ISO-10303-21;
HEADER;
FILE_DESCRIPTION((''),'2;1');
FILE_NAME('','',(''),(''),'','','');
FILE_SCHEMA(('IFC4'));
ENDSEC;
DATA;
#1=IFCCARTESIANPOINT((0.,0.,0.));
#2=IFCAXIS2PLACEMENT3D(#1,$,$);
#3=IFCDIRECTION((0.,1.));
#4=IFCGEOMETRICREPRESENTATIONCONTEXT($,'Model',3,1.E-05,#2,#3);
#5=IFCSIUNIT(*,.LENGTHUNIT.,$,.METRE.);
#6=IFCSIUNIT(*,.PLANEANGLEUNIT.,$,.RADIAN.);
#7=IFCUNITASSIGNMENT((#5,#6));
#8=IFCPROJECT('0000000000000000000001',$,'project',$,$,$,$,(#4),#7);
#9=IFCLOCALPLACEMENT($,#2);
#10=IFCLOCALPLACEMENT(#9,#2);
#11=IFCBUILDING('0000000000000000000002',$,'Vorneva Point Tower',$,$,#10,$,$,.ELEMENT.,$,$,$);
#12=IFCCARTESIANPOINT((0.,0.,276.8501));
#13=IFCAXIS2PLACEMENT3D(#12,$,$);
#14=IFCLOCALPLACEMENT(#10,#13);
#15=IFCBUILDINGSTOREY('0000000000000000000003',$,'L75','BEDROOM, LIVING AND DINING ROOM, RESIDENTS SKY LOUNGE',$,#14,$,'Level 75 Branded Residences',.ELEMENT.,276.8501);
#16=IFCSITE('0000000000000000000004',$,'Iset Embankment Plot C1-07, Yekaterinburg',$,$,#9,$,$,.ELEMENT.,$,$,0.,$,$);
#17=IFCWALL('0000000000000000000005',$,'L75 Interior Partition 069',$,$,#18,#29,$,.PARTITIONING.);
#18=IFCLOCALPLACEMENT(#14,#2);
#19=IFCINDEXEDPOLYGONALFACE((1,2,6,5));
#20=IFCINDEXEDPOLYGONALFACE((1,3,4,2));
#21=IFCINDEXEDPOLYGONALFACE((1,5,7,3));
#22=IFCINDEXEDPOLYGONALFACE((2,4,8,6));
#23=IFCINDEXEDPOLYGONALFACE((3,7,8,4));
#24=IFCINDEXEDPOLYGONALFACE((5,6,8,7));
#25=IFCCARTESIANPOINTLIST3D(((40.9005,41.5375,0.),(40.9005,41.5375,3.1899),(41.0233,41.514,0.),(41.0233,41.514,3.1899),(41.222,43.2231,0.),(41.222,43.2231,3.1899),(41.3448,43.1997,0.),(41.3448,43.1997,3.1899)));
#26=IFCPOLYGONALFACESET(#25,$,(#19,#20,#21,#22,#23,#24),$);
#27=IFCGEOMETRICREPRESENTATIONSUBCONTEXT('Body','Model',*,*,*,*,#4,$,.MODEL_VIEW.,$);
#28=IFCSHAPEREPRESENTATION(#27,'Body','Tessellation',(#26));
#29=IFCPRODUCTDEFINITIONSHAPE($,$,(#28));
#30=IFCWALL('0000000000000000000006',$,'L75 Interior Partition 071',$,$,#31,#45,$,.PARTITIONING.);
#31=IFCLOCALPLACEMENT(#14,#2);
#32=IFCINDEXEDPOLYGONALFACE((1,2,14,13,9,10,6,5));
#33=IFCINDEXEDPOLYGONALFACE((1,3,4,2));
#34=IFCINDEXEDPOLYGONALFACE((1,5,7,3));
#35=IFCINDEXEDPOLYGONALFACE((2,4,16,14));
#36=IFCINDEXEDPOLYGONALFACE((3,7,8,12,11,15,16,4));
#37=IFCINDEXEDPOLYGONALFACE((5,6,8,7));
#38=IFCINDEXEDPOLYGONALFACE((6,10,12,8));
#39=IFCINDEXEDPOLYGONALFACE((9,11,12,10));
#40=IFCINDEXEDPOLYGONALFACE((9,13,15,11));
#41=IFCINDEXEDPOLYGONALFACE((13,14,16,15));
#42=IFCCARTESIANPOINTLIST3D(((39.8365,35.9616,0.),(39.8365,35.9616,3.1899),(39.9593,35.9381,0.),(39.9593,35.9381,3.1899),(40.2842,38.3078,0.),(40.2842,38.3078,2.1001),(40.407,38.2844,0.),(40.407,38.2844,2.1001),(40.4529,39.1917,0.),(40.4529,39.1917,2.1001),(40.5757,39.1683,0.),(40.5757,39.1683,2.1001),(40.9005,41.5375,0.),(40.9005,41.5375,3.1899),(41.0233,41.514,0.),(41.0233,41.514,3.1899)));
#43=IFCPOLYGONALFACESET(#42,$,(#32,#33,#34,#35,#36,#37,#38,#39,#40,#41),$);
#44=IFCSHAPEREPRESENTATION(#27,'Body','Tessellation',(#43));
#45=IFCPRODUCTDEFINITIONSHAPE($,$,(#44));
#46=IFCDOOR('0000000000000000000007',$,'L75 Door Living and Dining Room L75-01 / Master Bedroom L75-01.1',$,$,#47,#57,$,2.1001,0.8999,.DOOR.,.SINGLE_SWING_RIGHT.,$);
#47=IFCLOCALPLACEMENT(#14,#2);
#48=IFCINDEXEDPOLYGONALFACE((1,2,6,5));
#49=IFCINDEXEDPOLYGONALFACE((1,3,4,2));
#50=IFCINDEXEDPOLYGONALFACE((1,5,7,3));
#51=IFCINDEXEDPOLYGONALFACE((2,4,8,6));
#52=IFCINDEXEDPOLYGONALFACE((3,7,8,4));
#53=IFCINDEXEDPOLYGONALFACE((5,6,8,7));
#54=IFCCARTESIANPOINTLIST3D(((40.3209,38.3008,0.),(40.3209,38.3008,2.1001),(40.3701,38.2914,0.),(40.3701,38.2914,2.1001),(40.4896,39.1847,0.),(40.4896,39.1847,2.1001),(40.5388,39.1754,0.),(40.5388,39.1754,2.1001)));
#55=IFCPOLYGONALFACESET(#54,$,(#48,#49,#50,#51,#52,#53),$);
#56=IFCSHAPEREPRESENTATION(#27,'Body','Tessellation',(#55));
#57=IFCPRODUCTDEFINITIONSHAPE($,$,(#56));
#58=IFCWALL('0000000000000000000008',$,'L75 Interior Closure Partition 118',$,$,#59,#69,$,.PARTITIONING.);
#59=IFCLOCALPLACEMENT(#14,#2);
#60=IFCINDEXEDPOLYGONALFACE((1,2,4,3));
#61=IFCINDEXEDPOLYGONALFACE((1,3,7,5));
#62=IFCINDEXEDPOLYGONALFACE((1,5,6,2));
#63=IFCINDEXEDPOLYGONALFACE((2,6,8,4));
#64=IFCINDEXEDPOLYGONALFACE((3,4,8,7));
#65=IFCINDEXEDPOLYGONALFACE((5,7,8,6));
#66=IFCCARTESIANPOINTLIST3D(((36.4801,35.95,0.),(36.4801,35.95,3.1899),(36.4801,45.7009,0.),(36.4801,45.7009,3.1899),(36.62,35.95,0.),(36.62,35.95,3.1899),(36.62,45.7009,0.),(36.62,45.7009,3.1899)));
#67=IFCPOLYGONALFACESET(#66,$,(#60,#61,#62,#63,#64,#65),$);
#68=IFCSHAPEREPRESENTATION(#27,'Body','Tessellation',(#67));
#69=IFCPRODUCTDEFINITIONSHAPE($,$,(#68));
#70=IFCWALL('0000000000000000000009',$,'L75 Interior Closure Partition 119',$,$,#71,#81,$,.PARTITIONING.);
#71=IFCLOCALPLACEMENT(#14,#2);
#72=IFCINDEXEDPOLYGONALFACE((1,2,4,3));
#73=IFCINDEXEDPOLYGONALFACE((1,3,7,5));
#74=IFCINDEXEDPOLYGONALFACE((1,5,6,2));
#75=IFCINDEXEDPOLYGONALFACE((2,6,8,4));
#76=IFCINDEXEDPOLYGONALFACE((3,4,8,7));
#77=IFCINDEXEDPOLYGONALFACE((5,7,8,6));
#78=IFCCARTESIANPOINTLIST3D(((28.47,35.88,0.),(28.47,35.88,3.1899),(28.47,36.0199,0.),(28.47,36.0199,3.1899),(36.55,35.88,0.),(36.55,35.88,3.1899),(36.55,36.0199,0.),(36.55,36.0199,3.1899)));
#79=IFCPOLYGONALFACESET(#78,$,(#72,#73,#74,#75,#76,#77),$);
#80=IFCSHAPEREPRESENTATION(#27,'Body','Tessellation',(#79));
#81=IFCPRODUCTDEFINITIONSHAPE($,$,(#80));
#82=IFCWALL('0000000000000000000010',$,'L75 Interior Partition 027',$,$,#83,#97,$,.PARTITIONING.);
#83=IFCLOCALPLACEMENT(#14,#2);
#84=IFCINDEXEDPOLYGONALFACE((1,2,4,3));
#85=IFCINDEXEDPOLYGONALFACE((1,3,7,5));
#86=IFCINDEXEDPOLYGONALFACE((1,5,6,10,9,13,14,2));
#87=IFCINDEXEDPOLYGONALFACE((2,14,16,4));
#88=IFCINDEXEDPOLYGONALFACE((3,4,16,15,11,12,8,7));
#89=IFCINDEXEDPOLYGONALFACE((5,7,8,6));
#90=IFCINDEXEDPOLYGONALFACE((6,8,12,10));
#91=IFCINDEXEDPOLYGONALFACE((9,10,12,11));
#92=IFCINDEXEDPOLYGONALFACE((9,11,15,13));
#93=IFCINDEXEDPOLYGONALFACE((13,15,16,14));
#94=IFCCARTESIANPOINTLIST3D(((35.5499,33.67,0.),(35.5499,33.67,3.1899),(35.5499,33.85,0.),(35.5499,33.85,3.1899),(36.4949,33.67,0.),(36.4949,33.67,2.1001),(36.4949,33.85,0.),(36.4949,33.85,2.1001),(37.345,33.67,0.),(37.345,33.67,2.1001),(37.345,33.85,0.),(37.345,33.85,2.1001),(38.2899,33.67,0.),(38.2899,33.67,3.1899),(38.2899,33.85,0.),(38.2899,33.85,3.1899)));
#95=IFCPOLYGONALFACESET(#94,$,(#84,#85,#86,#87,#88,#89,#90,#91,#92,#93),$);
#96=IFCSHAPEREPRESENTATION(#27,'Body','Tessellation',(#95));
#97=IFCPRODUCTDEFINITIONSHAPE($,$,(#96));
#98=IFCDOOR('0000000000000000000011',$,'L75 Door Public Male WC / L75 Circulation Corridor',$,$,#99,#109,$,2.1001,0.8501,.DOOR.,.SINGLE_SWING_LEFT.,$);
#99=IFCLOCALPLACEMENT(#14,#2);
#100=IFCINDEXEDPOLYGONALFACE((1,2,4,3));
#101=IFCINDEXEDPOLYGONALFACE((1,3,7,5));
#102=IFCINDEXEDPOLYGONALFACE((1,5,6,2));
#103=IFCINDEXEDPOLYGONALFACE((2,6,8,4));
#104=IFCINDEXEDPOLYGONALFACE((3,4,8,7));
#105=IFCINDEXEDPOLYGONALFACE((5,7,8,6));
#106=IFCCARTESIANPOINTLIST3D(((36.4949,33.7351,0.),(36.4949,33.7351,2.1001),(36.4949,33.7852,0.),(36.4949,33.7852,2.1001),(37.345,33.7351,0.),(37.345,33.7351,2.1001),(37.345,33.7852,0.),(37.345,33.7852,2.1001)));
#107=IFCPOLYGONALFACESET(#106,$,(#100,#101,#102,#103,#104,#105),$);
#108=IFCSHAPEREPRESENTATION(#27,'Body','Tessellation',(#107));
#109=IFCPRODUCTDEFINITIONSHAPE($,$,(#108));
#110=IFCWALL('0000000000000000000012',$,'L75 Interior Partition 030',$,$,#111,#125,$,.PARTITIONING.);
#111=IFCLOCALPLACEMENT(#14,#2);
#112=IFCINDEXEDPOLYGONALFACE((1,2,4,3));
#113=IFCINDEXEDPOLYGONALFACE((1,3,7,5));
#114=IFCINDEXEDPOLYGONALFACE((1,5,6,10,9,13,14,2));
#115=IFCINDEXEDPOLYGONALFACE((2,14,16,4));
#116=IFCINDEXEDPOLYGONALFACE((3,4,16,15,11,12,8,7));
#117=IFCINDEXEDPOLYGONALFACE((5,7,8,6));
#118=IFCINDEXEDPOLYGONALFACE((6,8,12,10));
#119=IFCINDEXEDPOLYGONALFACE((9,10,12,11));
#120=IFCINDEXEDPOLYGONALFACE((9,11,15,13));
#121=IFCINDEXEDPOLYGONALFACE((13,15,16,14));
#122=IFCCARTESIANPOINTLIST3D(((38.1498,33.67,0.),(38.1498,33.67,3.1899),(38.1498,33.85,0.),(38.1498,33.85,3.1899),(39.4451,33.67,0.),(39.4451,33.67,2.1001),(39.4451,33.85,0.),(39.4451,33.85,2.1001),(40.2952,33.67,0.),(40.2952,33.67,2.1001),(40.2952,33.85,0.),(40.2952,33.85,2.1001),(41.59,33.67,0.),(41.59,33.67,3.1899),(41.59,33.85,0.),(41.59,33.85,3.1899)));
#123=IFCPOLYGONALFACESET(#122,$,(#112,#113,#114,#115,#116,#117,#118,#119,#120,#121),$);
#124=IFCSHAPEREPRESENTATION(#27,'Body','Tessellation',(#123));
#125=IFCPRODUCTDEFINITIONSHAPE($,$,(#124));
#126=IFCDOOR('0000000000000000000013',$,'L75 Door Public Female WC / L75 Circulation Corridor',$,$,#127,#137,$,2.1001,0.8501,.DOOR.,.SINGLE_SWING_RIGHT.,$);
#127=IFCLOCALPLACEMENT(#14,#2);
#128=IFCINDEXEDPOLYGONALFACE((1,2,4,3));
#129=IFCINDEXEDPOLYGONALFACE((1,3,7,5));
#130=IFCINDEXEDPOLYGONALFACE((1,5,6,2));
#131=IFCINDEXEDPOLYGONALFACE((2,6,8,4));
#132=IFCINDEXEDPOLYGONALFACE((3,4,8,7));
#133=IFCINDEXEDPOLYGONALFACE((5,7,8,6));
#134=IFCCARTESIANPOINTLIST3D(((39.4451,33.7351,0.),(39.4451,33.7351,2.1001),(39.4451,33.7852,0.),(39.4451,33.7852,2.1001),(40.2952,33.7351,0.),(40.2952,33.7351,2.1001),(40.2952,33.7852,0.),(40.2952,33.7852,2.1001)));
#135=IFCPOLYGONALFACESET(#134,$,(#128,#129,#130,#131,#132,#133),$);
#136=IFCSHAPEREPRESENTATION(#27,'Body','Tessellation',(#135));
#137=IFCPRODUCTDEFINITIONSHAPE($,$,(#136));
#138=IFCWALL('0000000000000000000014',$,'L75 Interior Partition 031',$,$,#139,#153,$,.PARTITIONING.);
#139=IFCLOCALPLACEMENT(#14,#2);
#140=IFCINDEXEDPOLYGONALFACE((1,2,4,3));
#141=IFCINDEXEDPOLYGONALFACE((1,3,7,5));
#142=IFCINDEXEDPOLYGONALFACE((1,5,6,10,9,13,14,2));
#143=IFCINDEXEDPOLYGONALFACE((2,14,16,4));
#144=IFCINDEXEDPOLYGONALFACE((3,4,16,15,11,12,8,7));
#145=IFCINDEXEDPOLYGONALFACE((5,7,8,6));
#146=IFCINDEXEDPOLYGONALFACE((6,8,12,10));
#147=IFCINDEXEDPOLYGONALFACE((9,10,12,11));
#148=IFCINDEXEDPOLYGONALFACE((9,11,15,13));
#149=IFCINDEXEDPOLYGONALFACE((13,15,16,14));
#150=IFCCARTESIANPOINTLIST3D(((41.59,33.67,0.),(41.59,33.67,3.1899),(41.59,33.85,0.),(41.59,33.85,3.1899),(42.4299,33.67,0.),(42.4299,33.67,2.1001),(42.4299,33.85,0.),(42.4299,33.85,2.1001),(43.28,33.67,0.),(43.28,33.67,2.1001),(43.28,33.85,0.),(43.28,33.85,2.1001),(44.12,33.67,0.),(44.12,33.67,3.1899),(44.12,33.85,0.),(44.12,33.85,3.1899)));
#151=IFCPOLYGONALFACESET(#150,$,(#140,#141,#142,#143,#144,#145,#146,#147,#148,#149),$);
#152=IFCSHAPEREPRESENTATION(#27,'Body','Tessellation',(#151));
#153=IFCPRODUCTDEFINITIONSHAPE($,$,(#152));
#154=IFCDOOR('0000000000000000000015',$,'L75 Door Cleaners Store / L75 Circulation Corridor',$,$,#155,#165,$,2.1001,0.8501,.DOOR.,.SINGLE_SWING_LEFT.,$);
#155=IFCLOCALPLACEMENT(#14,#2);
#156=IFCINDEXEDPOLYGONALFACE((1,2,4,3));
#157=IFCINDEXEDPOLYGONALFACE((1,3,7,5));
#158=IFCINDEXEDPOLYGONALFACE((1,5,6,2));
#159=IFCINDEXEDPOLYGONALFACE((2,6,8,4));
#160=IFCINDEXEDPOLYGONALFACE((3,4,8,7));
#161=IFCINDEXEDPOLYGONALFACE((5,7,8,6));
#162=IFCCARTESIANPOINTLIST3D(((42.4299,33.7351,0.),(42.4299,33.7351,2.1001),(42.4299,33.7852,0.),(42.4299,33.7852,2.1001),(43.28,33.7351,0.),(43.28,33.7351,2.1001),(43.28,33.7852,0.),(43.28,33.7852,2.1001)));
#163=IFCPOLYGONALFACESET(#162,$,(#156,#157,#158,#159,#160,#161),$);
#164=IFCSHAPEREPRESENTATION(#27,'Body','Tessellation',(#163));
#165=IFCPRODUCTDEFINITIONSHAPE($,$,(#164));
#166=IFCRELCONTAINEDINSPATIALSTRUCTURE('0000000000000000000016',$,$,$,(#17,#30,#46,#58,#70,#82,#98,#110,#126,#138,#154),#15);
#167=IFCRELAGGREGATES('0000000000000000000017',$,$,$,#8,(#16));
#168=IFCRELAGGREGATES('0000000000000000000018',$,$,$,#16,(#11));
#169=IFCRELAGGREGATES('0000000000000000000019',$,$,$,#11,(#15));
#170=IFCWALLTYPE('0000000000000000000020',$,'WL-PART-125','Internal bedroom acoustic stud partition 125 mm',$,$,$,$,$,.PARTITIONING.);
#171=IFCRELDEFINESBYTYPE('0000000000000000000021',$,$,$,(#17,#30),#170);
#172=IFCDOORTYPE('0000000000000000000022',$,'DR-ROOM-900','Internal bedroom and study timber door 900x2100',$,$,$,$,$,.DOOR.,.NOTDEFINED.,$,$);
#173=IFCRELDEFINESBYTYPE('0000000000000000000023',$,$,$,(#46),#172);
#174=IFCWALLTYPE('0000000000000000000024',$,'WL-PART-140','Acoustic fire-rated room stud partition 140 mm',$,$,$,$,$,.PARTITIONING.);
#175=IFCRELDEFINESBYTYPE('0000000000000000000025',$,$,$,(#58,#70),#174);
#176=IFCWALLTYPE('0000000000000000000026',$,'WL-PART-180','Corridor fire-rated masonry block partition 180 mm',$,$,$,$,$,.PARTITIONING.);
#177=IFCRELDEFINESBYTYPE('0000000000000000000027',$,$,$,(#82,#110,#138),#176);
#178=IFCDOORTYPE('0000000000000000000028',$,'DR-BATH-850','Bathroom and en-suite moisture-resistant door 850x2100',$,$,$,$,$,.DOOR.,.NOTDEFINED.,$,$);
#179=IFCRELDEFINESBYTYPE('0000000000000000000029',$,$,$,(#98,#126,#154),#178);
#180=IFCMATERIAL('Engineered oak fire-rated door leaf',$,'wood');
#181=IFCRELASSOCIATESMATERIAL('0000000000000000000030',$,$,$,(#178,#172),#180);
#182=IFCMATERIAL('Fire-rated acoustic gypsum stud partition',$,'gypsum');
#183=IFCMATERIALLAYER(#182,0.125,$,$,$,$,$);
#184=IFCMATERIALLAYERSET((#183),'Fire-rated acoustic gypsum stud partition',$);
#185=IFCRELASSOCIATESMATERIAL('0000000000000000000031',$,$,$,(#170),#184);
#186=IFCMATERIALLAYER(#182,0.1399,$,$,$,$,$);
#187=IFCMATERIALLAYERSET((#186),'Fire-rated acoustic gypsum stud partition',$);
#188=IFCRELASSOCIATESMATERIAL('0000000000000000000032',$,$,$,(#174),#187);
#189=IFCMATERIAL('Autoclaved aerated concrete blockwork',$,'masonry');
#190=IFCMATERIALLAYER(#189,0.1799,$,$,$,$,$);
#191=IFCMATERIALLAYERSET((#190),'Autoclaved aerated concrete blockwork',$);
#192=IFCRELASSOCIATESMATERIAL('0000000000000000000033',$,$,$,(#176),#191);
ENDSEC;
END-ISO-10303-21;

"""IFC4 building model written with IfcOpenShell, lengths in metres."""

from ifc_helpers import new_model, si_unit, direction, frame, frame_2d, origin, place, context, subcontext, project, spatial, rectangle, extrude, material, layer, layer_set, type_object, element, fill, save


model = new_model("IFC4")

# Units and contexts
model_context = context("Model", 3, precision=1e-05, world=origin(), true_north=direction((0.0, 1.0)))
body_context = subcontext(model_context, "Body", "Model", "MODEL_VIEW")
ifc_project = project(units=[si_unit("LENGTHUNIT", "METRE"), si_unit("PLANEANGLEUNIT", "RADIAN")], contexts=[model_context])

# Site, building, storey
site_placement = place(None, origin())
site = spatial("IfcSite", under=ifc_project, at=site_placement, Name="Iset Embankment Plot C1-07, Yekaterinburg", CompositionType="ELEMENT", RefElevation=0.0)
building_placement = place(site_placement, origin())
building = spatial("IfcBuilding", under=site, at=building_placement, Name="Vorneva Point Tower", CompositionType="ELEMENT")
storey_placement = place(building_placement, frame((0.0, 0.0, 276.8501)))
storey = spatial("IfcBuildingStorey", under=building, at=storey_placement, Name="L75", Description="BEDROOM, LIVING AND DINING ROOM, RESIDENTS SKY LOUNGE", LongName="Level 75 Branded Residences", CompositionType="ELEMENT", Elevation=276.8501)

# Shared definitions
ifc_material_1 = material(Name="Fire-rated acoustic gypsum stud partition", Category="gypsum")

# Shared definitions
ifc_material_2 = material(Name="Engineered oak fire-rated door leaf", Category="wood")
door_type_1 = type_object("IfcDoorType", Name="DR-BATH-850", Description="Bathroom and en-suite moisture-resistant door 850x2100", OperationType="NOTDEFINED", PredefinedType="DOOR", material=ifc_material_2)

# Wall
ifc_layer_1 = layer(ifc_material_1, 0.125)
ifc_layer_set_1 = layer_set([ifc_layer_1], Name="Fire-rated acoustic gypsum stud partition")
wall_type_1 = type_object("IfcWallType", Name="WL-PART-125", Description="Internal bedroom acoustic stud partition 125 mm", PredefinedType="PARTITIONING", material=ifc_layer_set_1)
wall_1_placement = place(storey_placement, frame((40.9619, 41.5259, 0.0), z_axis=(0.0, 0.0, 1.0), x_axis=(0.187354, 0.982292, 0.0)))
element("IfcWall", 1, at=wall_1_placement, inside=storey, type_object=wall_type_1, Name="L75 Interior Partition 069", PredefinedType="PARTITIONING", context=body_context, shape_type="SweptSolid", body=[
    extrude(rectangle(XDim=1.7161, YDim=0.125, at=frame_2d((0.8579, 0.0))), origin(), (0.0, 0.0, 1.0), 3.1899),
])

# Wall, opening, door
wall_2_placement = place(storey_placement, frame((40.9619, 41.5259, 0.0), z_axis=(0.0, 0.0, 1.0), x_axis=(-0.187432, -0.982278, 0.0)))
wall_2 = element("IfcWall", 2, at=wall_2_placement, inside=storey, type_object=wall_type_1, Name="L75 Interior Partition 071", PredefinedType="PARTITIONING", context=body_context, shape_type="SweptSolid", body=[
    extrude(rectangle(XDim=5.6765, YDim=0.125, at=frame_2d((2.8384, 0.0))), origin(), (0.0, 0.0, 1.0), 3.1899),
])
opening_1_placement = place(wall_2_placement, frame((2.3882, 0.0, 0.0)))
opening_1 = element("IfcOpeningElement", 3, at=opening_1_placement, cuts=wall_2, PredefinedType="OPENING", context=body_context, shape_type="SweptSolid", body=[
    extrude(rectangle(XDim=0.8999, YDim=2.1001, at=frame_2d((0.45, 1.05))), frame((0.0, 0.0774, 0.0), z_axis=(0.0, -1.0, 0.0), x_axis=(1.0, 0.0, 0.0)), (0.0, 0.0, 1.0), 0.1548),
])
door_type_2 = type_object("IfcDoorType", Name="DR-ROOM-900", Description="Internal bedroom and study timber door 900x2100", OperationType="NOTDEFINED", PredefinedType="DOOR", material=ifc_material_2)
door_1_placement = place(opening_1_placement, origin())
door_1 = element("IfcDoor", 4, at=door_1_placement, inside=storey, type_object=door_type_2, Name="L75 Door Living and Dining Room L75-01 / Master Bedroom L75-01.1", OperationType="SINGLE_SWING_RIGHT", OverallHeight=2.1001, OverallWidth=0.8999, PredefinedType="DOOR", context=body_context, shape_type="SweptSolid", body=[
    extrude(rectangle(XDim=0.8999, YDim=2.1001, at=frame_2d((0.45, 1.05))), frame((0.0, 0.0249, 0.0), z_axis=(0.0, -1.0, 0.0), x_axis=(1.0, 0.0, 0.0)), (0.0, 0.0, 1.0), 0.05),
])
fill(opening_1, door_1)

# Walls
ifc_layer_2 = layer(ifc_material_1, 0.1399)
ifc_layer_set_2 = layer_set([ifc_layer_2], Name="Fire-rated acoustic gypsum stud partition")
wall_type_2 = type_object("IfcWallType", Name="WL-PART-140", Description="Acoustic fire-rated room stud partition 140 mm", PredefinedType="PARTITIONING", material=ifc_layer_set_2)
wall_3_placement = place(storey_placement, frame((36.55, 45.7009, 0.0), z_axis=(0.0, 0.0, 1.0), x_axis=(0.0, -1.0, 0.0)))
element("IfcWall", 5, at=wall_3_placement, inside=storey, type_object=wall_type_2, Name="L75 Interior Closure Partition 118", PredefinedType="PARTITIONING", context=body_context, shape_type="SweptSolid", body=[
    extrude(rectangle(XDim=9.751, YDim=0.1399, at=frame_2d((4.8755, 0.0))), origin(), (0.0, 0.0, 1.0), 3.1899),
])
wall_4_placement = place(storey_placement, frame((36.55, 35.95, 0.0), z_axis=(0.0, 0.0, 1.0), x_axis=(-1.0, 0.0, 0.0)))
element("IfcWall", 6, at=wall_4_placement, inside=storey, type_object=wall_type_2, Name="L75 Interior Closure Partition 119", PredefinedType="PARTITIONING", context=body_context, shape_type="SweptSolid", body=[
    extrude(rectangle(XDim=8.0801, YDim=0.1399, at=frame_2d((4.04, 0.0))), origin(), (0.0, 0.0, 1.0), 3.1899),
])

# Walls, openings, doors
ifc_material_3 = material(Name="Autoclaved aerated concrete blockwork", Category="masonry")
ifc_layer_3 = layer(ifc_material_3, 0.1799)
ifc_layer_set_3 = layer_set([ifc_layer_3], Name="Autoclaved aerated concrete blockwork")
wall_type_3 = type_object("IfcWallType", Name="WL-PART-180", Description="Corridor fire-rated masonry block partition 180 mm", PredefinedType="PARTITIONING", material=ifc_layer_set_3)
wall_5_placement = place(storey_placement, frame((38.29, 33.76, 0.0), z_axis=(0.0, 0.0, 1.0), x_axis=(-1.0, 0.0, 0.0)))
wall_5 = element("IfcWall", 7, at=wall_5_placement, inside=storey, type_object=wall_type_3, Name="L75 Interior Partition 027", PredefinedType="PARTITIONING", context=body_context, shape_type="SweptSolid", body=[
    extrude(rectangle(XDim=2.74, YDim=0.1799, at=frame_2d((1.3701, 0.0))), origin(), (0.0, 0.0, 1.0), 3.1899),
])
opening_2_placement = place(wall_5_placement, frame((0.9451, 0.0, 0.0)))
opening_2 = element("IfcOpeningElement", 8, at=opening_2_placement, cuts=wall_5, PredefinedType="OPENING", context=body_context, shape_type="SweptSolid", body=[
    extrude(rectangle(XDim=0.8501, YDim=2.1001, at=frame_2d((0.425, 1.05))), frame((0.0, 0.105, 0.0), z_axis=(0.0, -1.0, 0.0), x_axis=(1.0, 0.0, 0.0)), (0.0, 0.0, 1.0), 0.2097),
])
door_2_placement = place(opening_2_placement, origin())
door_2 = element("IfcDoor", 9, at=door_2_placement, inside=storey, type_object=door_type_1, Name="L75 Door Public Male WC / L75 Circulation Corridor", OperationType="SINGLE_SWING_LEFT", OverallHeight=2.1001, OverallWidth=0.8501, PredefinedType="DOOR", context=body_context, shape_type="SweptSolid", body=[
    extrude(rectangle(XDim=0.8501, YDim=2.1001, at=frame_2d((0.425, 1.05))), frame((0.0, 0.0249, 0.0), z_axis=(0.0, -1.0, 0.0), x_axis=(1.0, 0.0, 0.0)), (0.0, 0.0, 1.0), 0.05),
])
fill(opening_2, door_2)
wall_6_placement = place(storey_placement, frame((41.5901, 33.76, 0.0), z_axis=(0.0, 0.0, 1.0), x_axis=(-1.0, 0.0, 0.0)))
wall_6 = element("IfcWall", 10, at=wall_6_placement, inside=storey, type_object=wall_type_3, Name="L75 Interior Partition 030", PredefinedType="PARTITIONING", context=body_context, shape_type="SweptSolid", body=[
    extrude(rectangle(XDim=3.4402, YDim=0.1799, at=frame_2d((1.7202, 0.0))), origin(), (0.0, 0.0, 1.0), 3.1899),
])
opening_3_placement = place(wall_6_placement, frame((1.2949, 0.0, 0.0)))
opening_3 = element("IfcOpeningElement", 11, at=opening_3_placement, cuts=wall_6, PredefinedType="OPENING", context=body_context, shape_type="SweptSolid", body=[
    extrude(rectangle(XDim=0.8501, YDim=2.1001, at=frame_2d((0.425, 1.05))), frame((0.0, 0.105, 0.0), z_axis=(0.0, -1.0, 0.0), x_axis=(1.0, 0.0, 0.0)), (0.0, 0.0, 1.0), 0.2097),
])
door_3_placement = place(opening_3_placement, origin())
door_3 = element("IfcDoor", 12, at=door_3_placement, inside=storey, type_object=door_type_1, Name="L75 Door Public Female WC / L75 Circulation Corridor", OperationType="SINGLE_SWING_RIGHT", OverallHeight=2.1001, OverallWidth=0.8501, PredefinedType="DOOR", context=body_context, shape_type="SweptSolid", body=[
    extrude(rectangle(XDim=0.8501, YDim=2.1001, at=frame_2d((0.425, 1.05))), frame((0.0, 0.0249, 0.0), z_axis=(0.0, -1.0, 0.0), x_axis=(1.0, 0.0, 0.0)), (0.0, 0.0, 1.0), 0.05),
])
fill(opening_3, door_3)
wall_7_placement = place(storey_placement, frame((44.1201, 33.76, 0.0), z_axis=(0.0, 0.0, 1.0), x_axis=(-1.0, 0.0, 0.0)))
wall_7 = element("IfcWall", 13, at=wall_7_placement, inside=storey, type_object=wall_type_3, Name="L75 Interior Partition 031", PredefinedType="PARTITIONING", context=body_context, shape_type="SweptSolid", body=[
    extrude(rectangle(XDim=2.53, YDim=0.1799, at=frame_2d((1.2651, 0.0))), origin(), (0.0, 0.0, 1.0), 3.1899),
])
opening_4_placement = place(wall_7_placement, frame((0.8401, 0.0, 0.0)))
opening_4 = element("IfcOpeningElement", 14, at=opening_4_placement, cuts=wall_7, PredefinedType="OPENING", context=body_context, shape_type="SweptSolid", body=[
    extrude(rectangle(XDim=0.8501, YDim=2.1001, at=frame_2d((0.425, 1.05))), frame((0.0, 0.105, 0.0), z_axis=(0.0, -1.0, 0.0), x_axis=(1.0, 0.0, 0.0)), (0.0, 0.0, 1.0), 0.2097),
])
door_4_placement = place(opening_4_placement, origin())
door_4 = element("IfcDoor", 15, at=door_4_placement, inside=storey, type_object=door_type_1, Name="L75 Door Cleaners Store / L75 Circulation Corridor", OperationType="SINGLE_SWING_LEFT", OverallHeight=2.1001, OverallWidth=0.8501, PredefinedType="DOOR", context=body_context, shape_type="SweptSolid", body=[
    extrude(rectangle(XDim=0.8501, YDim=2.1001, at=frame_2d((0.425, 1.05))), frame((0.0, 0.0249, 0.0), z_axis=(0.0, -1.0, 0.0), x_axis=(1.0, 0.0, 0.0)), (0.0, 0.0, 1.0), 0.05),
])
fill(opening_4, door_4)

save(model, "model.ifc")
